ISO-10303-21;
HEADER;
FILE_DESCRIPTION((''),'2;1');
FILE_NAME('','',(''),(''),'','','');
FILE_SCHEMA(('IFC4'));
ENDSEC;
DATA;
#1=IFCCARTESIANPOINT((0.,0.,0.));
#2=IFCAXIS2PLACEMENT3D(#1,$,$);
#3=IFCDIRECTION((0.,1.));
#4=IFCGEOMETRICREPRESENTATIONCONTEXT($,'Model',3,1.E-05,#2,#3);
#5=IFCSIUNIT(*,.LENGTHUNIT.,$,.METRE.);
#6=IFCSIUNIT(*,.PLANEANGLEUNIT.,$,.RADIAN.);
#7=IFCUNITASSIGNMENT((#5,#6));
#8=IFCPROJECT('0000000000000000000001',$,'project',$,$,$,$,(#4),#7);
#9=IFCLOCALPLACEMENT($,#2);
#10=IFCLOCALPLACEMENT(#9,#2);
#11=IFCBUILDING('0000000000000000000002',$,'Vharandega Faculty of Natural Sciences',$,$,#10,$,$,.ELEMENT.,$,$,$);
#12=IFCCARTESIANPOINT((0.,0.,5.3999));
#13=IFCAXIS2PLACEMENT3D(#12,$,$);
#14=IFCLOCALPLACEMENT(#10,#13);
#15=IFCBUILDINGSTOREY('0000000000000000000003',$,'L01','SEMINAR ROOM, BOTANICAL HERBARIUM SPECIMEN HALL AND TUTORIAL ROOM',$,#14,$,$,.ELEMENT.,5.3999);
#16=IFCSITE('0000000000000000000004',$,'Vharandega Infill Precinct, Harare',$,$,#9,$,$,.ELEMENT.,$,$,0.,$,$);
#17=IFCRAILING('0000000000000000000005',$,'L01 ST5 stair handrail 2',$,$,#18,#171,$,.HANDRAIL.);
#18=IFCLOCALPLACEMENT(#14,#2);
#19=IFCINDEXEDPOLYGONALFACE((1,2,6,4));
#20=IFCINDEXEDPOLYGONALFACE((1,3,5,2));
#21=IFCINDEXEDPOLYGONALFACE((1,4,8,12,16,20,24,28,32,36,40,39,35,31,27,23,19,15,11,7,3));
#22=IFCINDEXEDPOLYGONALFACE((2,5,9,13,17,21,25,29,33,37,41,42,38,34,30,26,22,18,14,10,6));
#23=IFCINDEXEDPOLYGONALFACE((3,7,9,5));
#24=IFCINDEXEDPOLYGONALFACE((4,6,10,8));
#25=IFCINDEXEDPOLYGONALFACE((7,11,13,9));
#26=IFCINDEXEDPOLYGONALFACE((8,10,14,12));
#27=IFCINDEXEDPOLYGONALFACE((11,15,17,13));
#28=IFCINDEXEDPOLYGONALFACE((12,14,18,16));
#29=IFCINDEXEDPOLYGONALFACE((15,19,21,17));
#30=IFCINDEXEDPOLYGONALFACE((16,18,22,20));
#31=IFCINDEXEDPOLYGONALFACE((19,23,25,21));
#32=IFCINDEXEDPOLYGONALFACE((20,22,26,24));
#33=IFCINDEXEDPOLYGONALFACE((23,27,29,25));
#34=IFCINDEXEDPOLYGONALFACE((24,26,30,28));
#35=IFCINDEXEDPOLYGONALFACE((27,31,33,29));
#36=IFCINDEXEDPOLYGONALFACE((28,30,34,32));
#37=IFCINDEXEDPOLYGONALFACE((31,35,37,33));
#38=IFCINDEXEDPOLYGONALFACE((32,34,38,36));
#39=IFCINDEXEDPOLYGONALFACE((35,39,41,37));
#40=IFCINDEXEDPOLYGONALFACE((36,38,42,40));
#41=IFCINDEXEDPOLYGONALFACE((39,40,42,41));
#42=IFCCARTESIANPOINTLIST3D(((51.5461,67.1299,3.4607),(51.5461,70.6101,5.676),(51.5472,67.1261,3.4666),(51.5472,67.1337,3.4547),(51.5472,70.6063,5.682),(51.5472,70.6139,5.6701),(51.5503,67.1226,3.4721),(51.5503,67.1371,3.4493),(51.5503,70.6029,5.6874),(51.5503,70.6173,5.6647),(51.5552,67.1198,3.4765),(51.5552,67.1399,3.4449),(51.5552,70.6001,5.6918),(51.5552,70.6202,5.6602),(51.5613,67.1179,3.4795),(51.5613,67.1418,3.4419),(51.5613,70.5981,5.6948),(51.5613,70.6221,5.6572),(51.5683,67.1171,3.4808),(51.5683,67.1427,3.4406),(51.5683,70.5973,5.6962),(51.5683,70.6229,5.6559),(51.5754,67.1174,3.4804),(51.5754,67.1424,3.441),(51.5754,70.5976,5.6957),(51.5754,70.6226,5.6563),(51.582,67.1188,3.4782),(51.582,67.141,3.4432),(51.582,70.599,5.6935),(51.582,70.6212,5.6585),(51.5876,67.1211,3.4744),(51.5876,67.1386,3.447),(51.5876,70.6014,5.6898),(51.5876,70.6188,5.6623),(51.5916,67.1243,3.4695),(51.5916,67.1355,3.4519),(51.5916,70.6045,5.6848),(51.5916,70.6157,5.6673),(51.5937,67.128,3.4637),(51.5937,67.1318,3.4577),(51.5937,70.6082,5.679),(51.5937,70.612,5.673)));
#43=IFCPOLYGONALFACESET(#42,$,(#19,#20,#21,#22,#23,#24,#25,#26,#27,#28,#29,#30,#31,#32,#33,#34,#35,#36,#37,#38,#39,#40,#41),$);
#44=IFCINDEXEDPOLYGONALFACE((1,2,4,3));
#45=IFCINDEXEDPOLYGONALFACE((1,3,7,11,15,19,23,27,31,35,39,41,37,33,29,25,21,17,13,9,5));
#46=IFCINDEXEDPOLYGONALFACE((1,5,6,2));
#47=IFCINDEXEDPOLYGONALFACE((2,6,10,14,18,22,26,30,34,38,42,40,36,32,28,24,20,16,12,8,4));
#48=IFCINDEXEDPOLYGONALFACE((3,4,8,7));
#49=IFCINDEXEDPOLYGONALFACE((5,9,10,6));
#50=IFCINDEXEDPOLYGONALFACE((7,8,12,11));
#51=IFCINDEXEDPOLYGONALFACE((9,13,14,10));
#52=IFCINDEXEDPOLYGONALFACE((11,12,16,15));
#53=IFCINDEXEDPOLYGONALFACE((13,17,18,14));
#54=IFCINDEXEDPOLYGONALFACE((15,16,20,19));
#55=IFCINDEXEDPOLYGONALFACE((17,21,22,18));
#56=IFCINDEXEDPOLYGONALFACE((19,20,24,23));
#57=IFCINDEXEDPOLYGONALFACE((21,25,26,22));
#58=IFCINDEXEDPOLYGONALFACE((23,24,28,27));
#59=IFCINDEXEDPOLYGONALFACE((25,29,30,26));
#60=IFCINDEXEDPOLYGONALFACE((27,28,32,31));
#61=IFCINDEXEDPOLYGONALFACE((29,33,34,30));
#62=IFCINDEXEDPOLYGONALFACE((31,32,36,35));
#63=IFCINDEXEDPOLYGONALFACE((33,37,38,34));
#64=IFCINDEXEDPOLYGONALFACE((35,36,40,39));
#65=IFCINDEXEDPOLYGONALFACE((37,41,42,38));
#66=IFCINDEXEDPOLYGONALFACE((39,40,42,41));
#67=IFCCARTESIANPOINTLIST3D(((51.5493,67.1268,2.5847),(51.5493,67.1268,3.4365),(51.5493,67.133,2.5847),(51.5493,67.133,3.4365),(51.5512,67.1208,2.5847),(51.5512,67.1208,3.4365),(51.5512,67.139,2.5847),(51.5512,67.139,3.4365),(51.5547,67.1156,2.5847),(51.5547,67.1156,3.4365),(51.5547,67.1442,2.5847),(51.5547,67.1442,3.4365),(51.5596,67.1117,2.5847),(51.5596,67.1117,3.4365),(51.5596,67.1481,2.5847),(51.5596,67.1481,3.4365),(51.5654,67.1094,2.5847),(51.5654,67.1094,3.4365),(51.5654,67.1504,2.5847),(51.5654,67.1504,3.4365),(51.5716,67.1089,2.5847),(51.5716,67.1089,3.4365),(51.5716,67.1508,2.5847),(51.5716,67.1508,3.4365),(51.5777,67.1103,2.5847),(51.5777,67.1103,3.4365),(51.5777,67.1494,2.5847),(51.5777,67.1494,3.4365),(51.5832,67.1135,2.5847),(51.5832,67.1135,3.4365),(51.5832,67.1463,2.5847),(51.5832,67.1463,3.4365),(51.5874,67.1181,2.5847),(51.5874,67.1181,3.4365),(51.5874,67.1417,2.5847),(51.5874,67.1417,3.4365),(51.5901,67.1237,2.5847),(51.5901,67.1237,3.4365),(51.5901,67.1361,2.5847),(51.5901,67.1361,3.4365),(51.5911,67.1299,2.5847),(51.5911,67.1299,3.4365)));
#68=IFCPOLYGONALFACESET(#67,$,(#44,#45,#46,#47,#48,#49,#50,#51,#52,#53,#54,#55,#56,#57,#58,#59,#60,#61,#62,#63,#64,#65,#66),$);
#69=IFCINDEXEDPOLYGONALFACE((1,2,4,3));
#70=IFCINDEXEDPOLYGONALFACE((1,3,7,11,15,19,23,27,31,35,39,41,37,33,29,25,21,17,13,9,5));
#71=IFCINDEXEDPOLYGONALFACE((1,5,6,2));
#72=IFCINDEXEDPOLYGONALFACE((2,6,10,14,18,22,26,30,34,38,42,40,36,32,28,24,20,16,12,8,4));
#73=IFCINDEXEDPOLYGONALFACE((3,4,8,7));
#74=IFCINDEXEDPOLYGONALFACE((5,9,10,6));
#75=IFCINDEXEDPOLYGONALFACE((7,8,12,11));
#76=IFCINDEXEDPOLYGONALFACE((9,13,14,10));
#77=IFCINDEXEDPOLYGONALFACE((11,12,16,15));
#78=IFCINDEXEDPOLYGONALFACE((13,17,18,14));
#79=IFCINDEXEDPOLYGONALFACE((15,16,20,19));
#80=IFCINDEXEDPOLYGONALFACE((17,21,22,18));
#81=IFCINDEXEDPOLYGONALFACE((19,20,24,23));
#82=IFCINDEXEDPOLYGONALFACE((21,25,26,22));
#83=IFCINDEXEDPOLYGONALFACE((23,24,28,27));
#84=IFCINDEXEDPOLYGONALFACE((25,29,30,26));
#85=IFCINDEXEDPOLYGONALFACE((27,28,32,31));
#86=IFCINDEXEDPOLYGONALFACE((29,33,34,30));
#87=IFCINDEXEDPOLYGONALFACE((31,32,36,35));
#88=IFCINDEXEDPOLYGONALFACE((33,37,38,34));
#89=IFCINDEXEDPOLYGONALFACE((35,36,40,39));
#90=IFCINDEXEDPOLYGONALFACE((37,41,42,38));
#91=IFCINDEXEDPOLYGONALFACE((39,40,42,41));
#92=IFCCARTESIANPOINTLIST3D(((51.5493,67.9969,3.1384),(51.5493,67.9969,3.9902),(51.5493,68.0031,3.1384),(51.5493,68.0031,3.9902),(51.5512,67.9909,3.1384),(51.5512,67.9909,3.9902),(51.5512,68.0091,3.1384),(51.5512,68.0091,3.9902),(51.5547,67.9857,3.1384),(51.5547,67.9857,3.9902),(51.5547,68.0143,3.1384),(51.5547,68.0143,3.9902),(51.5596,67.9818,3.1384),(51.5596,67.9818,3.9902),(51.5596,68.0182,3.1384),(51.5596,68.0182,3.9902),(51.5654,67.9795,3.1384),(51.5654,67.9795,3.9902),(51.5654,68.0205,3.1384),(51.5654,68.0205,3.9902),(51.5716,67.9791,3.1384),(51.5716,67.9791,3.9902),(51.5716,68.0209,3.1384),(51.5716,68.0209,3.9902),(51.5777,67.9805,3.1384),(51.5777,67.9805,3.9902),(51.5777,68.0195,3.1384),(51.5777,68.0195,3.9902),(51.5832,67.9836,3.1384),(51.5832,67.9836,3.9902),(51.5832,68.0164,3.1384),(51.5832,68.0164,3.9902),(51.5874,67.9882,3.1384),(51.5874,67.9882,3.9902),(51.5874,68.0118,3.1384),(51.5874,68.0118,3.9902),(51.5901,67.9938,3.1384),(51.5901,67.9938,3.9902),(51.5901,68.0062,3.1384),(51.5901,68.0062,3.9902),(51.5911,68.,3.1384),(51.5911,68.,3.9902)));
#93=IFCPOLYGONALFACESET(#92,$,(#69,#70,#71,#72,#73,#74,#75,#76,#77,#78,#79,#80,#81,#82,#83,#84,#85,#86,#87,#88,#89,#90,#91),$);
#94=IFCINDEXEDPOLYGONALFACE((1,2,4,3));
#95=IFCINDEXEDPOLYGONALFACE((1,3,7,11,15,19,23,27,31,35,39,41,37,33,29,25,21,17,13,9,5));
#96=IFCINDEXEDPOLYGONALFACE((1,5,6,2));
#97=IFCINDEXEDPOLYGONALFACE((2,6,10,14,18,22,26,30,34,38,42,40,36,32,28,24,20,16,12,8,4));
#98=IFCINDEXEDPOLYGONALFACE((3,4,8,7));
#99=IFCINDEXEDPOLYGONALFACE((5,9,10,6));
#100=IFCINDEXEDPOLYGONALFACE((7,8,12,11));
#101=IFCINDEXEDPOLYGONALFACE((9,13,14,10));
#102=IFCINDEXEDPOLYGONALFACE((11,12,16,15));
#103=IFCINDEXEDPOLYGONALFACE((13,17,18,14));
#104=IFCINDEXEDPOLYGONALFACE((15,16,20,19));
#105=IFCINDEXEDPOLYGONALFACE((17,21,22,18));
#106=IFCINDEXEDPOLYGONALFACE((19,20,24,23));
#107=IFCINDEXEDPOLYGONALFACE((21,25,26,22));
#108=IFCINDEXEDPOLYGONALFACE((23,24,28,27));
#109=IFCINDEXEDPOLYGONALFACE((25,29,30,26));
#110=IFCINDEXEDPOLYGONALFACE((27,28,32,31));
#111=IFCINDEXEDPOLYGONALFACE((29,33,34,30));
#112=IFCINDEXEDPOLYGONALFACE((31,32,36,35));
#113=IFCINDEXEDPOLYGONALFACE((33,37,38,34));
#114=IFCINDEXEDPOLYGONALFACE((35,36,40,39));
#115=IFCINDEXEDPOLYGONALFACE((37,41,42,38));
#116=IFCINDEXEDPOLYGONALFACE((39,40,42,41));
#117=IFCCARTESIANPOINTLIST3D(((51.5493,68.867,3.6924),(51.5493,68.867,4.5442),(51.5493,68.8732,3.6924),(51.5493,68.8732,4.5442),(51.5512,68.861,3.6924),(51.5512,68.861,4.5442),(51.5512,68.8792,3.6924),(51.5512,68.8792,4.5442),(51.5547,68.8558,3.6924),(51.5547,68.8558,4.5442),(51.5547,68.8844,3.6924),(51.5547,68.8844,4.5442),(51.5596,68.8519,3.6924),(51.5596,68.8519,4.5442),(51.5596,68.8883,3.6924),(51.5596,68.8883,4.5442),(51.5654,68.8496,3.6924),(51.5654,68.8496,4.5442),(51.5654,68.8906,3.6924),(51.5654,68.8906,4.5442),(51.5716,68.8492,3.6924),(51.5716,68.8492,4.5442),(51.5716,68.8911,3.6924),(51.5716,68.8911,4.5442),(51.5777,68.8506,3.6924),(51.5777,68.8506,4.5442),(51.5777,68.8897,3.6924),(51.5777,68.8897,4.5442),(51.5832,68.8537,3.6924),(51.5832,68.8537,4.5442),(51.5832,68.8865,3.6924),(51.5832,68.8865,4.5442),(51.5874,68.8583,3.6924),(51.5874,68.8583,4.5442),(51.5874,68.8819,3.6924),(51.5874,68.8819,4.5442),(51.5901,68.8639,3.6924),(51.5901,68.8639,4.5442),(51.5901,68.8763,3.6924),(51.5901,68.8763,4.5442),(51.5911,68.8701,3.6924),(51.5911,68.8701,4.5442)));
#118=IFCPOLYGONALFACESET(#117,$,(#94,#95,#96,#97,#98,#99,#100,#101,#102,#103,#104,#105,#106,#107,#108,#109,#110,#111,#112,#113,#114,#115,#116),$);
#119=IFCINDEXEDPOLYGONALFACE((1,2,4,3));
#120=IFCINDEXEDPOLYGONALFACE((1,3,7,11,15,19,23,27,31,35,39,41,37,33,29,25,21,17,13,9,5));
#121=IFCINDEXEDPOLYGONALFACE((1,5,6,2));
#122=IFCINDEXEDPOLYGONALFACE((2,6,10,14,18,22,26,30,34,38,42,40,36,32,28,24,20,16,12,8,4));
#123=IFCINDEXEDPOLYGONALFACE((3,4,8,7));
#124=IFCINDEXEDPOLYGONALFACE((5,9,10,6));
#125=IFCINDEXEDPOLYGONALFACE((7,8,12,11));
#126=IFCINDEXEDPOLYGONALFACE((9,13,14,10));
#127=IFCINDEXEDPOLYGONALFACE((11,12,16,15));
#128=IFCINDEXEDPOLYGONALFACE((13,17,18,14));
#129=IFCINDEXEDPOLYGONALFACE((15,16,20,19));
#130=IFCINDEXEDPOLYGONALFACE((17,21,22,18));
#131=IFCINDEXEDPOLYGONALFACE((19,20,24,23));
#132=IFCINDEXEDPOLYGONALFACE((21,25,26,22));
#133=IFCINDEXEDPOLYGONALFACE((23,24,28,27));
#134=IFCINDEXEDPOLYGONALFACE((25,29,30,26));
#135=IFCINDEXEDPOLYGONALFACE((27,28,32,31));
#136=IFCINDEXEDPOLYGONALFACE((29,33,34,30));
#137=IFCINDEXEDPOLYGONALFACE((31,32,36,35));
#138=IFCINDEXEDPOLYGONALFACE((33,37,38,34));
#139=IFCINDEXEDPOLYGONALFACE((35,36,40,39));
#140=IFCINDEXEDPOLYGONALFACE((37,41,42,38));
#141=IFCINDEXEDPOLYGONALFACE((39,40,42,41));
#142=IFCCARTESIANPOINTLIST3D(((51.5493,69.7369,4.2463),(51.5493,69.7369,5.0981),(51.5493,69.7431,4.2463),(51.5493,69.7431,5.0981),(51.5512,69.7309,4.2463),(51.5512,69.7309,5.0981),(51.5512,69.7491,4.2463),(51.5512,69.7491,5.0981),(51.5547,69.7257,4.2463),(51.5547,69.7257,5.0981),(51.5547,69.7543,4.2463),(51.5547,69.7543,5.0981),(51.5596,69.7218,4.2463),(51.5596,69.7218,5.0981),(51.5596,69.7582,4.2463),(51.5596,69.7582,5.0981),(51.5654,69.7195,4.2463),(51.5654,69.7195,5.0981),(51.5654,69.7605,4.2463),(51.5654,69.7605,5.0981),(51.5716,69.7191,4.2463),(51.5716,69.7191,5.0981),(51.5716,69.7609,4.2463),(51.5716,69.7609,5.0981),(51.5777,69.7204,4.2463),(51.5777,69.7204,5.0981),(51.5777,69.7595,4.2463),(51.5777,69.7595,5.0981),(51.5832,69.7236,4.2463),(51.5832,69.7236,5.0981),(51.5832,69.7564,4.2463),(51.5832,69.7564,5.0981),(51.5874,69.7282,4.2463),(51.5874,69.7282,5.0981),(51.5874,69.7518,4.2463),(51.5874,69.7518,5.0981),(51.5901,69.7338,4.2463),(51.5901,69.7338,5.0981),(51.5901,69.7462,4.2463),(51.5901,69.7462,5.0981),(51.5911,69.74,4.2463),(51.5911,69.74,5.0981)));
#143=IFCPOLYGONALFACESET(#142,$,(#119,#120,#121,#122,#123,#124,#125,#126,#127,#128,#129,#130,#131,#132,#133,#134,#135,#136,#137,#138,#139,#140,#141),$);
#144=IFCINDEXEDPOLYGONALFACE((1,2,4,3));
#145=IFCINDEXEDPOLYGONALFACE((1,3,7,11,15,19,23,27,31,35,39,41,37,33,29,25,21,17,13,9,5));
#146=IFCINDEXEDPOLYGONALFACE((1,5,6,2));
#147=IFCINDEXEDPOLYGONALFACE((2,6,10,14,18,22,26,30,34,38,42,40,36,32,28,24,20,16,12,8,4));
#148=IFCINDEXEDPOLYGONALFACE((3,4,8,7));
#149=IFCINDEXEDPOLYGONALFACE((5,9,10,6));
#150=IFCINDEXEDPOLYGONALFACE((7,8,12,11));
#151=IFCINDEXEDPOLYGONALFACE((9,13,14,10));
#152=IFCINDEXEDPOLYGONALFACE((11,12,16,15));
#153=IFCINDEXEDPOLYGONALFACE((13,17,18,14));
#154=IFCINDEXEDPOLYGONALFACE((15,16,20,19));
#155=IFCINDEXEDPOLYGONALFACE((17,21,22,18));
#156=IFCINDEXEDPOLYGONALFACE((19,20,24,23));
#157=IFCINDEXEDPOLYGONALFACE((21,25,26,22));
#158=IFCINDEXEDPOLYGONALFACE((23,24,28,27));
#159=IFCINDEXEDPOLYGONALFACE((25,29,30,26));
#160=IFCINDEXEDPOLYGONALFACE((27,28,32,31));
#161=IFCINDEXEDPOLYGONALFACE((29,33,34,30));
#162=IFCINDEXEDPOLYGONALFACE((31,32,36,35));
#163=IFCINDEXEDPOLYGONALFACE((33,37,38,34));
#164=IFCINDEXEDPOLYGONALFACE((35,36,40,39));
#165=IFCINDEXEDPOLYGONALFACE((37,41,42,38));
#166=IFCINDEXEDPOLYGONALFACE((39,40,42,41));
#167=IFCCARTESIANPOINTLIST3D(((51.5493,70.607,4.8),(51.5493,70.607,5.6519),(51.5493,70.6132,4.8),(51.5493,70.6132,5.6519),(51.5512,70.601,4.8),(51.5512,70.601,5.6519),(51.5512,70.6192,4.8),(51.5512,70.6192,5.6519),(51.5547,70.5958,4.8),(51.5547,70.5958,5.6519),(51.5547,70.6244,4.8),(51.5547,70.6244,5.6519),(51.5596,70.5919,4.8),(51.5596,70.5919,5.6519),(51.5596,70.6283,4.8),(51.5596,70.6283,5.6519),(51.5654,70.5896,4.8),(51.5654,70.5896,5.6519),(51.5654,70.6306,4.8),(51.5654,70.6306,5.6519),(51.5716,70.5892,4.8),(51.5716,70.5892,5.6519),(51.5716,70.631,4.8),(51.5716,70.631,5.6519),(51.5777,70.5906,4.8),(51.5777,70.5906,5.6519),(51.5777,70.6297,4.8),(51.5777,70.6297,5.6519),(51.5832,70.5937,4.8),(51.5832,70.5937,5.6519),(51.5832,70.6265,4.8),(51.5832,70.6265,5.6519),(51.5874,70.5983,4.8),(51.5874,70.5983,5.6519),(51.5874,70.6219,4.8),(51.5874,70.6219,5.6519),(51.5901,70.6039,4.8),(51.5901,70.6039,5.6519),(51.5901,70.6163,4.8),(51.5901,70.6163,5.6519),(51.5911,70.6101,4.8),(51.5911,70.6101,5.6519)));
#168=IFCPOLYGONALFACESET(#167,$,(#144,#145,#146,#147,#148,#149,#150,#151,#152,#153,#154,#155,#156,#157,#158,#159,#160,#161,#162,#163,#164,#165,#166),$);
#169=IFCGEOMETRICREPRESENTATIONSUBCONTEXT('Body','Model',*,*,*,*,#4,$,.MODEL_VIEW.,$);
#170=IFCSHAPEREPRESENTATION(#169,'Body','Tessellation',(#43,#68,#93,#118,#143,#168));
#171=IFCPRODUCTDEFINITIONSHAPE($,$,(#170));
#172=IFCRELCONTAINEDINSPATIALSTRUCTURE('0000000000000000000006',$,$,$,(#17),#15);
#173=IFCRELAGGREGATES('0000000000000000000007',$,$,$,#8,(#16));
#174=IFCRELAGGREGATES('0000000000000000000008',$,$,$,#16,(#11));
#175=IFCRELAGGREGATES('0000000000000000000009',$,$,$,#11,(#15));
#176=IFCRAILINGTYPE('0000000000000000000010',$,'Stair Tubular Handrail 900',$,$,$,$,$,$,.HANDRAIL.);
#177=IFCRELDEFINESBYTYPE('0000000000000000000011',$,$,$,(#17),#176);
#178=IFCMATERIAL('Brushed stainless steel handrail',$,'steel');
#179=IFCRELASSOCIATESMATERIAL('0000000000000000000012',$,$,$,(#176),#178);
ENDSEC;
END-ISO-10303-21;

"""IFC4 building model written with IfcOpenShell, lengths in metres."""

from ifc_helpers import new_model, si_unit, direction, frame, origin, origin_2d, place, context, subcontext, project, spatial, circle, extrude, material, type_object, element, save


model = new_model("IFC4")

# Units and contexts
model_context = context("Model", 3, precision=1e-05, world=origin(), true_north=direction((0.0, 1.0)))
body_context = subcontext(model_context, "Body", "Model", "MODEL_VIEW")
ifc_project = project(units=[si_unit("LENGTHUNIT", "METRE"), si_unit("PLANEANGLEUNIT", "RADIAN")], contexts=[model_context])

# Site, building, storey
site_placement = place(None, origin())
site = spatial("IfcSite", under=ifc_project, at=site_placement, Name="Vharandega Infill Precinct, Harare", CompositionType="ELEMENT", RefElevation=0.0)
building_placement = place(site_placement, origin())
building = spatial("IfcBuilding", under=site, at=building_placement, Name="Vharandega Faculty of Natural Sciences", CompositionType="ELEMENT")
storey_placement = place(building_placement, frame((0.0, 0.0, 5.3999)))
storey = spatial("IfcBuildingStorey", under=building, at=storey_placement, Name="L01", Description="SEMINAR ROOM, BOTANICAL HERBARIUM SPECIMEN HALL AND TUTORIAL ROOM", CompositionType="ELEMENT", Elevation=5.3999)

# Railing
ifc_material_1 = material(Name="Brushed stainless steel handrail", Category="steel")
railing_type_1 = type_object("IfcRailingType", Name="Stair Tubular Handrail 900", PredefinedType="HANDRAIL", material=ifc_material_1)
railing_1_placement = place(storey_placement, frame((51.5701, 67.1299, 2.5847)))
element("IfcRailing", 1, at=railing_1_placement, inside=storey, type_object=railing_type_1, Name="L01 ST5 stair handrail 2", PredefinedType="HANDRAIL", context=body_context, shape_type="SweptSolid", body=[
    extrude(circle(Radius=0.0239, at=origin_2d()), frame((0.0, 0.0, 0.876), z_axis=(0.0, 0.843591, 0.536987), x_axis=(-1.0, 0.0, 0.0)), (0.0, 0.0, 1.0), 4.1255),
    extrude(circle(Radius=0.021, at=origin_2d()), origin(), (0.0, 0.0, 1.0), 0.8518),
    extrude(circle(Radius=0.021, at=origin_2d()), frame((0.0, 0.8701, 0.5537)), (0.0, 0.0, 1.0), 0.8518),
    extrude(circle(Radius=0.021, at=origin_2d()), frame((0.0, 1.7402, 1.1077)), (0.0, 0.0, 1.0), 0.8518),
    extrude(circle(Radius=0.021, at=origin_2d()), frame((0.0, 2.6101, 1.6616)), (0.0, 0.0, 1.0), 0.8518),
    extrude(circle(Radius=0.021, at=origin_2d()), frame((0.0, 3.4802, 2.2153)), (0.0, 0.0, 1.0), 0.8518),
])

save(model, "model.ifc")
